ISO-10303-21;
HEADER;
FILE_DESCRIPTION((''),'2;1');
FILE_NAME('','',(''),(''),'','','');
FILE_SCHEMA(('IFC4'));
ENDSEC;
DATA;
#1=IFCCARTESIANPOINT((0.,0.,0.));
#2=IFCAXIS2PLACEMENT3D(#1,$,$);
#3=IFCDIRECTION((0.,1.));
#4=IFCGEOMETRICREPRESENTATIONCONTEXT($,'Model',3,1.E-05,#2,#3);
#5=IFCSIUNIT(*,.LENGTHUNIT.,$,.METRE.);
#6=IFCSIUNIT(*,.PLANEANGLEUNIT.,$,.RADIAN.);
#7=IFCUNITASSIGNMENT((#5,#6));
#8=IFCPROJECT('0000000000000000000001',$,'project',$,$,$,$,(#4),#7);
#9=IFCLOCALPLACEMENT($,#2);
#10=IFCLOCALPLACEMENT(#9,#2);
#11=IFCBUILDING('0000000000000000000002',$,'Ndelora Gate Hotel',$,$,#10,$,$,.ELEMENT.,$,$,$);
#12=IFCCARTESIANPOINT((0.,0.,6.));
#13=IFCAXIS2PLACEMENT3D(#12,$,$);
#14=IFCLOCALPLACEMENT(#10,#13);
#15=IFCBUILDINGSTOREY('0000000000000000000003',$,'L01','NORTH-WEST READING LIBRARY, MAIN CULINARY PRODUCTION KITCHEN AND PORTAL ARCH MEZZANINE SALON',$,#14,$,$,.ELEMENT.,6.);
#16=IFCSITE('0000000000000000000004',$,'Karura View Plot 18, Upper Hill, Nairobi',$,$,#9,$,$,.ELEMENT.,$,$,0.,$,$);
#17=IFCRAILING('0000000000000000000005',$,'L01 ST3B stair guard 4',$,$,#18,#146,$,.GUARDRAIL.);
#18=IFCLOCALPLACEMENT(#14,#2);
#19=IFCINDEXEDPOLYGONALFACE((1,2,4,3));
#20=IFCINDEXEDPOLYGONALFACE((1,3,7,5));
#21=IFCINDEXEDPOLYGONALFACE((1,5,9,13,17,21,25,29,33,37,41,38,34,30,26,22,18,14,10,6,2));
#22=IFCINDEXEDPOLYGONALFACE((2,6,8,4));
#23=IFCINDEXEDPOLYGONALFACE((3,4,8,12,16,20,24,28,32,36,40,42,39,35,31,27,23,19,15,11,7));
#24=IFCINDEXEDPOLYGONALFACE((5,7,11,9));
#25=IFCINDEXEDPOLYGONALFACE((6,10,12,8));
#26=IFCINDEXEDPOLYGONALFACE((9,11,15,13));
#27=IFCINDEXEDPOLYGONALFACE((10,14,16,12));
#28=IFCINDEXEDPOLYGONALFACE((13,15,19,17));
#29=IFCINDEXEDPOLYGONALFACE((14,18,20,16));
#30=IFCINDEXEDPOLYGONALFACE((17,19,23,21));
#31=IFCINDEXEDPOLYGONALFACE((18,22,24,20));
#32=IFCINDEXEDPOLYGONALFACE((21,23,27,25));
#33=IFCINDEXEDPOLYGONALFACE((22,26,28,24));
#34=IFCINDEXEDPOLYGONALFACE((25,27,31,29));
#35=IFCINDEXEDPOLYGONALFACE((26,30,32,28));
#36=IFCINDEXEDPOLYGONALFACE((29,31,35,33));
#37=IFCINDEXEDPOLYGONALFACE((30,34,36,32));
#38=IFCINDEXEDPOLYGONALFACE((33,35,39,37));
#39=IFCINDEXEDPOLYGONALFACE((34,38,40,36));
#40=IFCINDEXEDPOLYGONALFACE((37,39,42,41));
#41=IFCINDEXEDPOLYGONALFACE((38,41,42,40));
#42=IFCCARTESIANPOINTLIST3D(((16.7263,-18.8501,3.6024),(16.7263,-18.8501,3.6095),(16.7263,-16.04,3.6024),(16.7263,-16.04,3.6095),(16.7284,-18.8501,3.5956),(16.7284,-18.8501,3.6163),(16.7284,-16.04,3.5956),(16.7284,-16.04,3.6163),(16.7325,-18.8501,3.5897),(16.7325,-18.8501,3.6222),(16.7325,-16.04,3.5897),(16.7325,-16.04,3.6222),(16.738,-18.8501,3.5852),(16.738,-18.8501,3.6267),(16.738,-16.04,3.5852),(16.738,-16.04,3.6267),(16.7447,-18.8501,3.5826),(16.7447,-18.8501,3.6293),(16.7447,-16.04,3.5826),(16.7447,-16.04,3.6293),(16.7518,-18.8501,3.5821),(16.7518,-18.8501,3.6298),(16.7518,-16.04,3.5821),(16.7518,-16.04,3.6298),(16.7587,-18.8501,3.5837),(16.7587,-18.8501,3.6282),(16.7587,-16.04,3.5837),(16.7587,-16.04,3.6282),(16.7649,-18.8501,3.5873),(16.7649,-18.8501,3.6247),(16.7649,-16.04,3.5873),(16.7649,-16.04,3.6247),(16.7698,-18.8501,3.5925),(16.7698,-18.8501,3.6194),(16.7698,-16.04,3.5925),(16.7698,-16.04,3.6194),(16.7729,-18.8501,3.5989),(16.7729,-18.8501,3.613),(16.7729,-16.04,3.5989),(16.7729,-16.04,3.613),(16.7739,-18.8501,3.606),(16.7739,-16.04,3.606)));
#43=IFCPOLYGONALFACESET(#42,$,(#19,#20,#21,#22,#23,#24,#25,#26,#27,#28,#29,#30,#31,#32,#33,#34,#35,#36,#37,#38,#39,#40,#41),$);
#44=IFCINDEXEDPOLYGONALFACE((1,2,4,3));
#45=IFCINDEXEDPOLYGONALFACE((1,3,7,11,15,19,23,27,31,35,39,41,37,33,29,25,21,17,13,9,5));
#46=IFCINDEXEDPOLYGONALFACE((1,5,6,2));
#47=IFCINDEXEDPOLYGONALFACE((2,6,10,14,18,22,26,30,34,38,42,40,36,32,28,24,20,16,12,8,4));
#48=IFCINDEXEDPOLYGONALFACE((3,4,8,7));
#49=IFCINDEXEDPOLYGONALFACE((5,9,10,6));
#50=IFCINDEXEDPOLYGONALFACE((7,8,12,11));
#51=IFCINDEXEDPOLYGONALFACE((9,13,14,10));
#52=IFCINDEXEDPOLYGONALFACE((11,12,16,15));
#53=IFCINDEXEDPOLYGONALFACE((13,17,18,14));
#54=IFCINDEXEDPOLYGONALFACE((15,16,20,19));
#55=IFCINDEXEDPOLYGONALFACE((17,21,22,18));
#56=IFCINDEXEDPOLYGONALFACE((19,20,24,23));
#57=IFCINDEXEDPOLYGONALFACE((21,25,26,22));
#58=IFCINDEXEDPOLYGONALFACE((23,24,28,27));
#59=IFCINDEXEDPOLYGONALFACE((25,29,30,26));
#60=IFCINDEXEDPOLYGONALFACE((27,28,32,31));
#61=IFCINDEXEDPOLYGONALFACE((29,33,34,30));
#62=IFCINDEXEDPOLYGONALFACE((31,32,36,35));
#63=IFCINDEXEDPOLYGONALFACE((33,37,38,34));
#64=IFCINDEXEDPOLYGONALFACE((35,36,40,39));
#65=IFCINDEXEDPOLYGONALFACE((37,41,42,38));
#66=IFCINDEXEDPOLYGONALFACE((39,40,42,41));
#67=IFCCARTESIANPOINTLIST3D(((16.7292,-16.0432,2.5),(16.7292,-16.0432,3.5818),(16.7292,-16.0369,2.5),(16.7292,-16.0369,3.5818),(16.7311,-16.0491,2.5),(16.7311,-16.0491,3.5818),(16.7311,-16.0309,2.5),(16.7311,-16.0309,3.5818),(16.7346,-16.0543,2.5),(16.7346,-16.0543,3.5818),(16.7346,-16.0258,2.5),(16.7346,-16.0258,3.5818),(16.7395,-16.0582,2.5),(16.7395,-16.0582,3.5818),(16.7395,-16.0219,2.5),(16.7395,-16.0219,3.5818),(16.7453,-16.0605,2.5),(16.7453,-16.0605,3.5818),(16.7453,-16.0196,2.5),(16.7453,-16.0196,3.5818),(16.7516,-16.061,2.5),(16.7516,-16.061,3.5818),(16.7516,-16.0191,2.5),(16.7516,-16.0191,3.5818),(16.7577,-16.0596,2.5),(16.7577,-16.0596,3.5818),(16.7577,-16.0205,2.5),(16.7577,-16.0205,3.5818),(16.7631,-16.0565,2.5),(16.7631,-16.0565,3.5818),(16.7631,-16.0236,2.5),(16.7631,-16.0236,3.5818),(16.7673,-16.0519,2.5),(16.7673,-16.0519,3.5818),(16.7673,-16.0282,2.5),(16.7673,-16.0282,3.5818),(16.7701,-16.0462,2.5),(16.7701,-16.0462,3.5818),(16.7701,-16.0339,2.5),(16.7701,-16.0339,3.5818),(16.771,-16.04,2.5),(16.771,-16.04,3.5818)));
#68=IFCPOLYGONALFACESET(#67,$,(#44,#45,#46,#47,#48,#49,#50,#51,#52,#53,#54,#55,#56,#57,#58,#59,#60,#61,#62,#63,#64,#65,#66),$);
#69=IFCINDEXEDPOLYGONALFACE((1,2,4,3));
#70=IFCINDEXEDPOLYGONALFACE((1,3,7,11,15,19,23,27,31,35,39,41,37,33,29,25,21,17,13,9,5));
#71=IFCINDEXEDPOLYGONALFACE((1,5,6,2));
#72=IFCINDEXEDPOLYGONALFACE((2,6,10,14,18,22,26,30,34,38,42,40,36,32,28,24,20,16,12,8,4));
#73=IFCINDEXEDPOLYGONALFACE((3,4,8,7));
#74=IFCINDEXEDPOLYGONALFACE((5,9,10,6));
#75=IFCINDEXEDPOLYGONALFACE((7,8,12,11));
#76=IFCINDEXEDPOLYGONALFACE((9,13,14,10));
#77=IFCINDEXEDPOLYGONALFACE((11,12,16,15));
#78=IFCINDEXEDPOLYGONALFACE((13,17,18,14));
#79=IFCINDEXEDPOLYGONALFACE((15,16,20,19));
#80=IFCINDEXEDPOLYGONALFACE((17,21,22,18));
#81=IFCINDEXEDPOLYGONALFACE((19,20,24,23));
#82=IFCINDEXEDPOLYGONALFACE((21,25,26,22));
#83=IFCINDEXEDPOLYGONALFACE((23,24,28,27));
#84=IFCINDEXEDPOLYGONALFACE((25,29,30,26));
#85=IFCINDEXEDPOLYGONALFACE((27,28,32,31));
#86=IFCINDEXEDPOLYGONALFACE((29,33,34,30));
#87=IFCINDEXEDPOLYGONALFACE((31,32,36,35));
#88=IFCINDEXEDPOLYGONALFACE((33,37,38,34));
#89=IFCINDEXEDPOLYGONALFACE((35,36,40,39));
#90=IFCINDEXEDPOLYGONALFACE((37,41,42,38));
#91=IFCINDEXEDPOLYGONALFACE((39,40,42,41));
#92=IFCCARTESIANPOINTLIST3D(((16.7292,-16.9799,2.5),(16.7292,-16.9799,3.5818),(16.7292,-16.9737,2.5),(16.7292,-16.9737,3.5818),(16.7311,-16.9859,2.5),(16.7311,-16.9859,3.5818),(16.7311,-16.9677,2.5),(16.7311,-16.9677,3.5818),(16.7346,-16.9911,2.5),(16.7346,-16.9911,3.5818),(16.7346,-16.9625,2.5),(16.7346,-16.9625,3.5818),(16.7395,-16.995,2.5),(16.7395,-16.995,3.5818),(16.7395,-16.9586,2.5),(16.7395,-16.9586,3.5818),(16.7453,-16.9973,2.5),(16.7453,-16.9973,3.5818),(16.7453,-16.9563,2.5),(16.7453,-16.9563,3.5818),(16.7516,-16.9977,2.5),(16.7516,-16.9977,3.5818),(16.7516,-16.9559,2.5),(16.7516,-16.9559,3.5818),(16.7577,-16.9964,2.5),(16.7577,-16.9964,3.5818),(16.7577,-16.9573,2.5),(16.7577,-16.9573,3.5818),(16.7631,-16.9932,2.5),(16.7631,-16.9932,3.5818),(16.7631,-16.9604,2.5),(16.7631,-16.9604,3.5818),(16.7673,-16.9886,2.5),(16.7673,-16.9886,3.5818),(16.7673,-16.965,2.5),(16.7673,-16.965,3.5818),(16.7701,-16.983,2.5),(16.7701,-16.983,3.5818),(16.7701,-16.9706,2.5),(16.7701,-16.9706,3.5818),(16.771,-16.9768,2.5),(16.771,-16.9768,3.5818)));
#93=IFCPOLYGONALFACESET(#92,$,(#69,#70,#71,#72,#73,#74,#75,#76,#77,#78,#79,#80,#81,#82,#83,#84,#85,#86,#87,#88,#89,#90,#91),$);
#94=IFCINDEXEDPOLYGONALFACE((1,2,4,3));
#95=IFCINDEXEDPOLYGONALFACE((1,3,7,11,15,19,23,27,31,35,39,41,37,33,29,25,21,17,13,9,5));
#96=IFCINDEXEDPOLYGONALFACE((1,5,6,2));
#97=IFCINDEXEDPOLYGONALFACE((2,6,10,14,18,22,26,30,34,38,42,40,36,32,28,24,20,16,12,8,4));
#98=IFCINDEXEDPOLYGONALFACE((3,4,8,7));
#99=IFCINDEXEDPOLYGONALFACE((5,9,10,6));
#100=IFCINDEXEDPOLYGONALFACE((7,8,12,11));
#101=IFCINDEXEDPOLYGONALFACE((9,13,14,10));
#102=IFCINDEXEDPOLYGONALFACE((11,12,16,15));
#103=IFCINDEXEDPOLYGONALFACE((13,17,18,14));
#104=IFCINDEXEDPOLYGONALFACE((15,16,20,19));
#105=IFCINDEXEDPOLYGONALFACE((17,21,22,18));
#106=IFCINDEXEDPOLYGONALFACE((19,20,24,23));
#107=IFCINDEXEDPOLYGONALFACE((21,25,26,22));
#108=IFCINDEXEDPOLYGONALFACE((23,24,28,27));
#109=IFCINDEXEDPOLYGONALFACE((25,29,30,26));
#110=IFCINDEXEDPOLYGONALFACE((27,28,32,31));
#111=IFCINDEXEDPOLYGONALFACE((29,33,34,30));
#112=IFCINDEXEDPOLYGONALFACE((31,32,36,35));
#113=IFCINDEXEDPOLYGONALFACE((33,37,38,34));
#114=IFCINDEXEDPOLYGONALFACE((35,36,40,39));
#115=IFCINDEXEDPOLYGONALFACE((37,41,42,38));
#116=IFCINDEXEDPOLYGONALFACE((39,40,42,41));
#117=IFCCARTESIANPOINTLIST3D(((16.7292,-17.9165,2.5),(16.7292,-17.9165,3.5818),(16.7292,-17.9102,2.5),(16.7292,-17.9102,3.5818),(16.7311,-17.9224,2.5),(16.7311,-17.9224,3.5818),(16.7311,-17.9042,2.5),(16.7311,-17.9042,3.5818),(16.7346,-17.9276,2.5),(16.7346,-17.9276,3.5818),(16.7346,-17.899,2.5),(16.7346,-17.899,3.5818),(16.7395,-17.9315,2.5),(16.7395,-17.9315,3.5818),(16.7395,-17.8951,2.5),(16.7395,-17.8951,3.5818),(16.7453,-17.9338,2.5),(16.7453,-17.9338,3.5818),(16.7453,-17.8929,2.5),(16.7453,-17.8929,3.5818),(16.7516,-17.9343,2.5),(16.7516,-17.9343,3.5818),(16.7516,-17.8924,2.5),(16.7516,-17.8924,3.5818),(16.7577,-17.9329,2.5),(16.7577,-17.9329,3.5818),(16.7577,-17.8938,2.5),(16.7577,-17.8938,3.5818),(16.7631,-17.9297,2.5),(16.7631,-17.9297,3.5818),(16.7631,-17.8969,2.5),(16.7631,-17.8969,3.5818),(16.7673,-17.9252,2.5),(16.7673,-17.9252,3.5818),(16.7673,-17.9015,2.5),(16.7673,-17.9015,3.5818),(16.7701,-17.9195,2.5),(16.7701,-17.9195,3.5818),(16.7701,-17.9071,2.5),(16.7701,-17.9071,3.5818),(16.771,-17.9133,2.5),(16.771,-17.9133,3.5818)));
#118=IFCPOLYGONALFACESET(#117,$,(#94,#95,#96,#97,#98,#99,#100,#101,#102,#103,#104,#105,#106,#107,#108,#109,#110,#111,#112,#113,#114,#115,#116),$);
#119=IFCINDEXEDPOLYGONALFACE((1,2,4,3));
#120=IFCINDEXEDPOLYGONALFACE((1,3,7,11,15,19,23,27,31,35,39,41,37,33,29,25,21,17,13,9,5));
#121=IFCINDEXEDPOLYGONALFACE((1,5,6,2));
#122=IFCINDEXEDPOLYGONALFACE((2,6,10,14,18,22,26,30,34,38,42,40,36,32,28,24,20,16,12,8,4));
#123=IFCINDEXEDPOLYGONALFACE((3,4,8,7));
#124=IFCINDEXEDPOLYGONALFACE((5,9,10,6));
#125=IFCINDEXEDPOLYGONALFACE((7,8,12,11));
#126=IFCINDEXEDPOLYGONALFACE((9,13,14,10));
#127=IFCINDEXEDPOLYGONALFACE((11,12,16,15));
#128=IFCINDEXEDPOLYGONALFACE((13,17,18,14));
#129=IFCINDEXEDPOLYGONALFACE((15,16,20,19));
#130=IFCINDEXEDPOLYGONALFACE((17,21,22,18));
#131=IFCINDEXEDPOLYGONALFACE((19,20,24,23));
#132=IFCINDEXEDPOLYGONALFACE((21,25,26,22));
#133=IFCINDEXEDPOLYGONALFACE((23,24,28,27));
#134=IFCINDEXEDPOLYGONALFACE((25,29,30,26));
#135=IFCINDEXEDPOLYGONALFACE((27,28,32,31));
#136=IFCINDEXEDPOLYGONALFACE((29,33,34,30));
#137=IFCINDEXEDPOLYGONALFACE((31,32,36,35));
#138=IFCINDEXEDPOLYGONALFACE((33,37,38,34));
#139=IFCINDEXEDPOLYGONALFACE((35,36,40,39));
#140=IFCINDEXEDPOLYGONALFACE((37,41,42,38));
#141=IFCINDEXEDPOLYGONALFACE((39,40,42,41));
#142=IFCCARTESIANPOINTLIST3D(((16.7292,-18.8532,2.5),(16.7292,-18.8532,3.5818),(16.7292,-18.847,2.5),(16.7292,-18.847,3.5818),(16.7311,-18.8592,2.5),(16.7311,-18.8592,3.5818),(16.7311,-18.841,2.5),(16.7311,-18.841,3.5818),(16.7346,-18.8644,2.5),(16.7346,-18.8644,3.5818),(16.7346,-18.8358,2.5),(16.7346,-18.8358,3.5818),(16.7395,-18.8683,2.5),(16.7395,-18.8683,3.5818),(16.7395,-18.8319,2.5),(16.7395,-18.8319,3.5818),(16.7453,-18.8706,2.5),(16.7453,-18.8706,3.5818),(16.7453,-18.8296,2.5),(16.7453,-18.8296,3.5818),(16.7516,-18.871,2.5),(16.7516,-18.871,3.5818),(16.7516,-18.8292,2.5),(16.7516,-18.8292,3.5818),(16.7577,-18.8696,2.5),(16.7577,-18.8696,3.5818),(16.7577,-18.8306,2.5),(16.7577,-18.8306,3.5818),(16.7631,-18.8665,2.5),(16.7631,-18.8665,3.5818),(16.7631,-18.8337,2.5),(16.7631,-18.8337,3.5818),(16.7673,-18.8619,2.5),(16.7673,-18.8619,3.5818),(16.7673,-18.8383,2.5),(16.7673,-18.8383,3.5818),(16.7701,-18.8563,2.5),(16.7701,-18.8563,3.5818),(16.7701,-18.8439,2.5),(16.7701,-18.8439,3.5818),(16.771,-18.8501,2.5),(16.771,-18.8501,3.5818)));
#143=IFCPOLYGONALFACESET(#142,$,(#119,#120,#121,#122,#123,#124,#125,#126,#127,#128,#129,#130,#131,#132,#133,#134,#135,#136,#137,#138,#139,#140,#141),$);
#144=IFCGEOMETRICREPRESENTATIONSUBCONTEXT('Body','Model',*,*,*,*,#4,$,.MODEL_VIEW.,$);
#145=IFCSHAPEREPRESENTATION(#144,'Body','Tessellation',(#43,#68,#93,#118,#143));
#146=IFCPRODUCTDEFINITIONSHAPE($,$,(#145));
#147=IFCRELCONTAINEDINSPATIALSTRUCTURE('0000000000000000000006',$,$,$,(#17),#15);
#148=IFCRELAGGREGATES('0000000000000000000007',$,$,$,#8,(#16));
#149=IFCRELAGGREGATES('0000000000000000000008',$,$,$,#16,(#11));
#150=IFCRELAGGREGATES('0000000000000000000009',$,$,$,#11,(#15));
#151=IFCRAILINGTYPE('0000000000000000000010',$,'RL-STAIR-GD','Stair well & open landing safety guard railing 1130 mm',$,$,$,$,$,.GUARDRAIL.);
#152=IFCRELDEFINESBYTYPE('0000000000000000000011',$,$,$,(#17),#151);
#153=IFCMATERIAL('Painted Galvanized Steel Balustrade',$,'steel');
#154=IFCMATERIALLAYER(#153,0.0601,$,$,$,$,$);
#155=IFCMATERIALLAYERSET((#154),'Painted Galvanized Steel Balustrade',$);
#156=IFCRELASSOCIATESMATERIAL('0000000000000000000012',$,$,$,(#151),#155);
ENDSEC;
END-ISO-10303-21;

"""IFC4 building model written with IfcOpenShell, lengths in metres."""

from ifc_helpers import new_model, si_unit, direction, frame, origin, origin_2d, place, context, subcontext, project, spatial, circle, extrude, material, layer, layer_set, type_object, element, save


model = new_model("IFC4")

# Units and contexts
model_context = context("Model", 3, precision=1e-05, world=origin(), true_north=direction((0.0, 1.0)))
body_context = subcontext(model_context, "Body", "Model", "MODEL_VIEW")
ifc_project = project(units=[si_unit("LENGTHUNIT", "METRE"), si_unit("PLANEANGLEUNIT", "RADIAN")], contexts=[model_context])

# Site, building, storey
site_placement = place(None, origin())
site = spatial("IfcSite", under=ifc_project, at=site_placement, Name="Karura View Plot 18, Upper Hill, Nairobi", CompositionType="ELEMENT", RefElevation=0.0)
building_placement = place(site_placement, origin())
building = spatial("IfcBuilding", under=site, at=building_placement, Name="Ndelora Gate Hotel", CompositionType="ELEMENT")
storey_placement = place(building_placement, frame((0.0, 0.0, 6.0)))
storey = spatial("IfcBuildingStorey", under=building, at=storey_placement, Name="L01", Description="NORTH-WEST READING LIBRARY, MAIN CULINARY PRODUCTION KITCHEN AND PORTAL ARCH MEZZANINE SALON", CompositionType="ELEMENT", Elevation=6.0)

# Railing
ifc_material_1 = material(Name="Painted Galvanized Steel Balustrade", Category="steel")
ifc_layer_1 = layer(ifc_material_1, 0.0601)
ifc_layer_set_1 = layer_set([ifc_layer_1], Name="Painted Galvanized Steel Balustrade")
railing_type_1 = type_object("IfcRailingType", Name="RL-STAIR-GD", Description="Stair well & open landing safety guard railing 1130 mm", PredefinedType="GUARDRAIL", material=ifc_layer_set_1)
for number, where, name in (
    (1, (16.75, -16.04, 2.5), "L01 ST3B stair guard 4"),
):
    element("IfcRailing", number, at=place(storey_placement, frame(where)), inside=storey, type_object=railing_type_1, Name=name, PredefinedType="GUARDRAIL", context=body_context, shape_type="SweptSolid", body=[
        extrude(circle(Radius=0.0239, at=origin_2d()), frame((0.0, 0.0, 1.106), z_axis=(0.0, -1.0, 0.0), x_axis=(1.0, 0.0, 0.0)), (0.0, 0.0, 1.0), 2.8101),
        extrude(circle(Radius=0.021, at=origin_2d()), origin(), (0.0, 0.0, 1.0), 1.0818),
        extrude(circle(Radius=0.021, at=origin_2d()), frame((0.0, -0.9368, 0.0)), (0.0, 0.0, 1.0), 1.0818),
        extrude(circle(Radius=0.021, at=origin_2d()), frame((0.0, -1.8733, 0.0)), (0.0, 0.0, 1.0), 1.0818),
        extrude(circle(Radius=0.021, at=origin_2d()), frame((0.0, -2.8101, 0.0)), (0.0, 0.0, 1.0), 1.0818),
    ])

save(model, "model.ifc")
